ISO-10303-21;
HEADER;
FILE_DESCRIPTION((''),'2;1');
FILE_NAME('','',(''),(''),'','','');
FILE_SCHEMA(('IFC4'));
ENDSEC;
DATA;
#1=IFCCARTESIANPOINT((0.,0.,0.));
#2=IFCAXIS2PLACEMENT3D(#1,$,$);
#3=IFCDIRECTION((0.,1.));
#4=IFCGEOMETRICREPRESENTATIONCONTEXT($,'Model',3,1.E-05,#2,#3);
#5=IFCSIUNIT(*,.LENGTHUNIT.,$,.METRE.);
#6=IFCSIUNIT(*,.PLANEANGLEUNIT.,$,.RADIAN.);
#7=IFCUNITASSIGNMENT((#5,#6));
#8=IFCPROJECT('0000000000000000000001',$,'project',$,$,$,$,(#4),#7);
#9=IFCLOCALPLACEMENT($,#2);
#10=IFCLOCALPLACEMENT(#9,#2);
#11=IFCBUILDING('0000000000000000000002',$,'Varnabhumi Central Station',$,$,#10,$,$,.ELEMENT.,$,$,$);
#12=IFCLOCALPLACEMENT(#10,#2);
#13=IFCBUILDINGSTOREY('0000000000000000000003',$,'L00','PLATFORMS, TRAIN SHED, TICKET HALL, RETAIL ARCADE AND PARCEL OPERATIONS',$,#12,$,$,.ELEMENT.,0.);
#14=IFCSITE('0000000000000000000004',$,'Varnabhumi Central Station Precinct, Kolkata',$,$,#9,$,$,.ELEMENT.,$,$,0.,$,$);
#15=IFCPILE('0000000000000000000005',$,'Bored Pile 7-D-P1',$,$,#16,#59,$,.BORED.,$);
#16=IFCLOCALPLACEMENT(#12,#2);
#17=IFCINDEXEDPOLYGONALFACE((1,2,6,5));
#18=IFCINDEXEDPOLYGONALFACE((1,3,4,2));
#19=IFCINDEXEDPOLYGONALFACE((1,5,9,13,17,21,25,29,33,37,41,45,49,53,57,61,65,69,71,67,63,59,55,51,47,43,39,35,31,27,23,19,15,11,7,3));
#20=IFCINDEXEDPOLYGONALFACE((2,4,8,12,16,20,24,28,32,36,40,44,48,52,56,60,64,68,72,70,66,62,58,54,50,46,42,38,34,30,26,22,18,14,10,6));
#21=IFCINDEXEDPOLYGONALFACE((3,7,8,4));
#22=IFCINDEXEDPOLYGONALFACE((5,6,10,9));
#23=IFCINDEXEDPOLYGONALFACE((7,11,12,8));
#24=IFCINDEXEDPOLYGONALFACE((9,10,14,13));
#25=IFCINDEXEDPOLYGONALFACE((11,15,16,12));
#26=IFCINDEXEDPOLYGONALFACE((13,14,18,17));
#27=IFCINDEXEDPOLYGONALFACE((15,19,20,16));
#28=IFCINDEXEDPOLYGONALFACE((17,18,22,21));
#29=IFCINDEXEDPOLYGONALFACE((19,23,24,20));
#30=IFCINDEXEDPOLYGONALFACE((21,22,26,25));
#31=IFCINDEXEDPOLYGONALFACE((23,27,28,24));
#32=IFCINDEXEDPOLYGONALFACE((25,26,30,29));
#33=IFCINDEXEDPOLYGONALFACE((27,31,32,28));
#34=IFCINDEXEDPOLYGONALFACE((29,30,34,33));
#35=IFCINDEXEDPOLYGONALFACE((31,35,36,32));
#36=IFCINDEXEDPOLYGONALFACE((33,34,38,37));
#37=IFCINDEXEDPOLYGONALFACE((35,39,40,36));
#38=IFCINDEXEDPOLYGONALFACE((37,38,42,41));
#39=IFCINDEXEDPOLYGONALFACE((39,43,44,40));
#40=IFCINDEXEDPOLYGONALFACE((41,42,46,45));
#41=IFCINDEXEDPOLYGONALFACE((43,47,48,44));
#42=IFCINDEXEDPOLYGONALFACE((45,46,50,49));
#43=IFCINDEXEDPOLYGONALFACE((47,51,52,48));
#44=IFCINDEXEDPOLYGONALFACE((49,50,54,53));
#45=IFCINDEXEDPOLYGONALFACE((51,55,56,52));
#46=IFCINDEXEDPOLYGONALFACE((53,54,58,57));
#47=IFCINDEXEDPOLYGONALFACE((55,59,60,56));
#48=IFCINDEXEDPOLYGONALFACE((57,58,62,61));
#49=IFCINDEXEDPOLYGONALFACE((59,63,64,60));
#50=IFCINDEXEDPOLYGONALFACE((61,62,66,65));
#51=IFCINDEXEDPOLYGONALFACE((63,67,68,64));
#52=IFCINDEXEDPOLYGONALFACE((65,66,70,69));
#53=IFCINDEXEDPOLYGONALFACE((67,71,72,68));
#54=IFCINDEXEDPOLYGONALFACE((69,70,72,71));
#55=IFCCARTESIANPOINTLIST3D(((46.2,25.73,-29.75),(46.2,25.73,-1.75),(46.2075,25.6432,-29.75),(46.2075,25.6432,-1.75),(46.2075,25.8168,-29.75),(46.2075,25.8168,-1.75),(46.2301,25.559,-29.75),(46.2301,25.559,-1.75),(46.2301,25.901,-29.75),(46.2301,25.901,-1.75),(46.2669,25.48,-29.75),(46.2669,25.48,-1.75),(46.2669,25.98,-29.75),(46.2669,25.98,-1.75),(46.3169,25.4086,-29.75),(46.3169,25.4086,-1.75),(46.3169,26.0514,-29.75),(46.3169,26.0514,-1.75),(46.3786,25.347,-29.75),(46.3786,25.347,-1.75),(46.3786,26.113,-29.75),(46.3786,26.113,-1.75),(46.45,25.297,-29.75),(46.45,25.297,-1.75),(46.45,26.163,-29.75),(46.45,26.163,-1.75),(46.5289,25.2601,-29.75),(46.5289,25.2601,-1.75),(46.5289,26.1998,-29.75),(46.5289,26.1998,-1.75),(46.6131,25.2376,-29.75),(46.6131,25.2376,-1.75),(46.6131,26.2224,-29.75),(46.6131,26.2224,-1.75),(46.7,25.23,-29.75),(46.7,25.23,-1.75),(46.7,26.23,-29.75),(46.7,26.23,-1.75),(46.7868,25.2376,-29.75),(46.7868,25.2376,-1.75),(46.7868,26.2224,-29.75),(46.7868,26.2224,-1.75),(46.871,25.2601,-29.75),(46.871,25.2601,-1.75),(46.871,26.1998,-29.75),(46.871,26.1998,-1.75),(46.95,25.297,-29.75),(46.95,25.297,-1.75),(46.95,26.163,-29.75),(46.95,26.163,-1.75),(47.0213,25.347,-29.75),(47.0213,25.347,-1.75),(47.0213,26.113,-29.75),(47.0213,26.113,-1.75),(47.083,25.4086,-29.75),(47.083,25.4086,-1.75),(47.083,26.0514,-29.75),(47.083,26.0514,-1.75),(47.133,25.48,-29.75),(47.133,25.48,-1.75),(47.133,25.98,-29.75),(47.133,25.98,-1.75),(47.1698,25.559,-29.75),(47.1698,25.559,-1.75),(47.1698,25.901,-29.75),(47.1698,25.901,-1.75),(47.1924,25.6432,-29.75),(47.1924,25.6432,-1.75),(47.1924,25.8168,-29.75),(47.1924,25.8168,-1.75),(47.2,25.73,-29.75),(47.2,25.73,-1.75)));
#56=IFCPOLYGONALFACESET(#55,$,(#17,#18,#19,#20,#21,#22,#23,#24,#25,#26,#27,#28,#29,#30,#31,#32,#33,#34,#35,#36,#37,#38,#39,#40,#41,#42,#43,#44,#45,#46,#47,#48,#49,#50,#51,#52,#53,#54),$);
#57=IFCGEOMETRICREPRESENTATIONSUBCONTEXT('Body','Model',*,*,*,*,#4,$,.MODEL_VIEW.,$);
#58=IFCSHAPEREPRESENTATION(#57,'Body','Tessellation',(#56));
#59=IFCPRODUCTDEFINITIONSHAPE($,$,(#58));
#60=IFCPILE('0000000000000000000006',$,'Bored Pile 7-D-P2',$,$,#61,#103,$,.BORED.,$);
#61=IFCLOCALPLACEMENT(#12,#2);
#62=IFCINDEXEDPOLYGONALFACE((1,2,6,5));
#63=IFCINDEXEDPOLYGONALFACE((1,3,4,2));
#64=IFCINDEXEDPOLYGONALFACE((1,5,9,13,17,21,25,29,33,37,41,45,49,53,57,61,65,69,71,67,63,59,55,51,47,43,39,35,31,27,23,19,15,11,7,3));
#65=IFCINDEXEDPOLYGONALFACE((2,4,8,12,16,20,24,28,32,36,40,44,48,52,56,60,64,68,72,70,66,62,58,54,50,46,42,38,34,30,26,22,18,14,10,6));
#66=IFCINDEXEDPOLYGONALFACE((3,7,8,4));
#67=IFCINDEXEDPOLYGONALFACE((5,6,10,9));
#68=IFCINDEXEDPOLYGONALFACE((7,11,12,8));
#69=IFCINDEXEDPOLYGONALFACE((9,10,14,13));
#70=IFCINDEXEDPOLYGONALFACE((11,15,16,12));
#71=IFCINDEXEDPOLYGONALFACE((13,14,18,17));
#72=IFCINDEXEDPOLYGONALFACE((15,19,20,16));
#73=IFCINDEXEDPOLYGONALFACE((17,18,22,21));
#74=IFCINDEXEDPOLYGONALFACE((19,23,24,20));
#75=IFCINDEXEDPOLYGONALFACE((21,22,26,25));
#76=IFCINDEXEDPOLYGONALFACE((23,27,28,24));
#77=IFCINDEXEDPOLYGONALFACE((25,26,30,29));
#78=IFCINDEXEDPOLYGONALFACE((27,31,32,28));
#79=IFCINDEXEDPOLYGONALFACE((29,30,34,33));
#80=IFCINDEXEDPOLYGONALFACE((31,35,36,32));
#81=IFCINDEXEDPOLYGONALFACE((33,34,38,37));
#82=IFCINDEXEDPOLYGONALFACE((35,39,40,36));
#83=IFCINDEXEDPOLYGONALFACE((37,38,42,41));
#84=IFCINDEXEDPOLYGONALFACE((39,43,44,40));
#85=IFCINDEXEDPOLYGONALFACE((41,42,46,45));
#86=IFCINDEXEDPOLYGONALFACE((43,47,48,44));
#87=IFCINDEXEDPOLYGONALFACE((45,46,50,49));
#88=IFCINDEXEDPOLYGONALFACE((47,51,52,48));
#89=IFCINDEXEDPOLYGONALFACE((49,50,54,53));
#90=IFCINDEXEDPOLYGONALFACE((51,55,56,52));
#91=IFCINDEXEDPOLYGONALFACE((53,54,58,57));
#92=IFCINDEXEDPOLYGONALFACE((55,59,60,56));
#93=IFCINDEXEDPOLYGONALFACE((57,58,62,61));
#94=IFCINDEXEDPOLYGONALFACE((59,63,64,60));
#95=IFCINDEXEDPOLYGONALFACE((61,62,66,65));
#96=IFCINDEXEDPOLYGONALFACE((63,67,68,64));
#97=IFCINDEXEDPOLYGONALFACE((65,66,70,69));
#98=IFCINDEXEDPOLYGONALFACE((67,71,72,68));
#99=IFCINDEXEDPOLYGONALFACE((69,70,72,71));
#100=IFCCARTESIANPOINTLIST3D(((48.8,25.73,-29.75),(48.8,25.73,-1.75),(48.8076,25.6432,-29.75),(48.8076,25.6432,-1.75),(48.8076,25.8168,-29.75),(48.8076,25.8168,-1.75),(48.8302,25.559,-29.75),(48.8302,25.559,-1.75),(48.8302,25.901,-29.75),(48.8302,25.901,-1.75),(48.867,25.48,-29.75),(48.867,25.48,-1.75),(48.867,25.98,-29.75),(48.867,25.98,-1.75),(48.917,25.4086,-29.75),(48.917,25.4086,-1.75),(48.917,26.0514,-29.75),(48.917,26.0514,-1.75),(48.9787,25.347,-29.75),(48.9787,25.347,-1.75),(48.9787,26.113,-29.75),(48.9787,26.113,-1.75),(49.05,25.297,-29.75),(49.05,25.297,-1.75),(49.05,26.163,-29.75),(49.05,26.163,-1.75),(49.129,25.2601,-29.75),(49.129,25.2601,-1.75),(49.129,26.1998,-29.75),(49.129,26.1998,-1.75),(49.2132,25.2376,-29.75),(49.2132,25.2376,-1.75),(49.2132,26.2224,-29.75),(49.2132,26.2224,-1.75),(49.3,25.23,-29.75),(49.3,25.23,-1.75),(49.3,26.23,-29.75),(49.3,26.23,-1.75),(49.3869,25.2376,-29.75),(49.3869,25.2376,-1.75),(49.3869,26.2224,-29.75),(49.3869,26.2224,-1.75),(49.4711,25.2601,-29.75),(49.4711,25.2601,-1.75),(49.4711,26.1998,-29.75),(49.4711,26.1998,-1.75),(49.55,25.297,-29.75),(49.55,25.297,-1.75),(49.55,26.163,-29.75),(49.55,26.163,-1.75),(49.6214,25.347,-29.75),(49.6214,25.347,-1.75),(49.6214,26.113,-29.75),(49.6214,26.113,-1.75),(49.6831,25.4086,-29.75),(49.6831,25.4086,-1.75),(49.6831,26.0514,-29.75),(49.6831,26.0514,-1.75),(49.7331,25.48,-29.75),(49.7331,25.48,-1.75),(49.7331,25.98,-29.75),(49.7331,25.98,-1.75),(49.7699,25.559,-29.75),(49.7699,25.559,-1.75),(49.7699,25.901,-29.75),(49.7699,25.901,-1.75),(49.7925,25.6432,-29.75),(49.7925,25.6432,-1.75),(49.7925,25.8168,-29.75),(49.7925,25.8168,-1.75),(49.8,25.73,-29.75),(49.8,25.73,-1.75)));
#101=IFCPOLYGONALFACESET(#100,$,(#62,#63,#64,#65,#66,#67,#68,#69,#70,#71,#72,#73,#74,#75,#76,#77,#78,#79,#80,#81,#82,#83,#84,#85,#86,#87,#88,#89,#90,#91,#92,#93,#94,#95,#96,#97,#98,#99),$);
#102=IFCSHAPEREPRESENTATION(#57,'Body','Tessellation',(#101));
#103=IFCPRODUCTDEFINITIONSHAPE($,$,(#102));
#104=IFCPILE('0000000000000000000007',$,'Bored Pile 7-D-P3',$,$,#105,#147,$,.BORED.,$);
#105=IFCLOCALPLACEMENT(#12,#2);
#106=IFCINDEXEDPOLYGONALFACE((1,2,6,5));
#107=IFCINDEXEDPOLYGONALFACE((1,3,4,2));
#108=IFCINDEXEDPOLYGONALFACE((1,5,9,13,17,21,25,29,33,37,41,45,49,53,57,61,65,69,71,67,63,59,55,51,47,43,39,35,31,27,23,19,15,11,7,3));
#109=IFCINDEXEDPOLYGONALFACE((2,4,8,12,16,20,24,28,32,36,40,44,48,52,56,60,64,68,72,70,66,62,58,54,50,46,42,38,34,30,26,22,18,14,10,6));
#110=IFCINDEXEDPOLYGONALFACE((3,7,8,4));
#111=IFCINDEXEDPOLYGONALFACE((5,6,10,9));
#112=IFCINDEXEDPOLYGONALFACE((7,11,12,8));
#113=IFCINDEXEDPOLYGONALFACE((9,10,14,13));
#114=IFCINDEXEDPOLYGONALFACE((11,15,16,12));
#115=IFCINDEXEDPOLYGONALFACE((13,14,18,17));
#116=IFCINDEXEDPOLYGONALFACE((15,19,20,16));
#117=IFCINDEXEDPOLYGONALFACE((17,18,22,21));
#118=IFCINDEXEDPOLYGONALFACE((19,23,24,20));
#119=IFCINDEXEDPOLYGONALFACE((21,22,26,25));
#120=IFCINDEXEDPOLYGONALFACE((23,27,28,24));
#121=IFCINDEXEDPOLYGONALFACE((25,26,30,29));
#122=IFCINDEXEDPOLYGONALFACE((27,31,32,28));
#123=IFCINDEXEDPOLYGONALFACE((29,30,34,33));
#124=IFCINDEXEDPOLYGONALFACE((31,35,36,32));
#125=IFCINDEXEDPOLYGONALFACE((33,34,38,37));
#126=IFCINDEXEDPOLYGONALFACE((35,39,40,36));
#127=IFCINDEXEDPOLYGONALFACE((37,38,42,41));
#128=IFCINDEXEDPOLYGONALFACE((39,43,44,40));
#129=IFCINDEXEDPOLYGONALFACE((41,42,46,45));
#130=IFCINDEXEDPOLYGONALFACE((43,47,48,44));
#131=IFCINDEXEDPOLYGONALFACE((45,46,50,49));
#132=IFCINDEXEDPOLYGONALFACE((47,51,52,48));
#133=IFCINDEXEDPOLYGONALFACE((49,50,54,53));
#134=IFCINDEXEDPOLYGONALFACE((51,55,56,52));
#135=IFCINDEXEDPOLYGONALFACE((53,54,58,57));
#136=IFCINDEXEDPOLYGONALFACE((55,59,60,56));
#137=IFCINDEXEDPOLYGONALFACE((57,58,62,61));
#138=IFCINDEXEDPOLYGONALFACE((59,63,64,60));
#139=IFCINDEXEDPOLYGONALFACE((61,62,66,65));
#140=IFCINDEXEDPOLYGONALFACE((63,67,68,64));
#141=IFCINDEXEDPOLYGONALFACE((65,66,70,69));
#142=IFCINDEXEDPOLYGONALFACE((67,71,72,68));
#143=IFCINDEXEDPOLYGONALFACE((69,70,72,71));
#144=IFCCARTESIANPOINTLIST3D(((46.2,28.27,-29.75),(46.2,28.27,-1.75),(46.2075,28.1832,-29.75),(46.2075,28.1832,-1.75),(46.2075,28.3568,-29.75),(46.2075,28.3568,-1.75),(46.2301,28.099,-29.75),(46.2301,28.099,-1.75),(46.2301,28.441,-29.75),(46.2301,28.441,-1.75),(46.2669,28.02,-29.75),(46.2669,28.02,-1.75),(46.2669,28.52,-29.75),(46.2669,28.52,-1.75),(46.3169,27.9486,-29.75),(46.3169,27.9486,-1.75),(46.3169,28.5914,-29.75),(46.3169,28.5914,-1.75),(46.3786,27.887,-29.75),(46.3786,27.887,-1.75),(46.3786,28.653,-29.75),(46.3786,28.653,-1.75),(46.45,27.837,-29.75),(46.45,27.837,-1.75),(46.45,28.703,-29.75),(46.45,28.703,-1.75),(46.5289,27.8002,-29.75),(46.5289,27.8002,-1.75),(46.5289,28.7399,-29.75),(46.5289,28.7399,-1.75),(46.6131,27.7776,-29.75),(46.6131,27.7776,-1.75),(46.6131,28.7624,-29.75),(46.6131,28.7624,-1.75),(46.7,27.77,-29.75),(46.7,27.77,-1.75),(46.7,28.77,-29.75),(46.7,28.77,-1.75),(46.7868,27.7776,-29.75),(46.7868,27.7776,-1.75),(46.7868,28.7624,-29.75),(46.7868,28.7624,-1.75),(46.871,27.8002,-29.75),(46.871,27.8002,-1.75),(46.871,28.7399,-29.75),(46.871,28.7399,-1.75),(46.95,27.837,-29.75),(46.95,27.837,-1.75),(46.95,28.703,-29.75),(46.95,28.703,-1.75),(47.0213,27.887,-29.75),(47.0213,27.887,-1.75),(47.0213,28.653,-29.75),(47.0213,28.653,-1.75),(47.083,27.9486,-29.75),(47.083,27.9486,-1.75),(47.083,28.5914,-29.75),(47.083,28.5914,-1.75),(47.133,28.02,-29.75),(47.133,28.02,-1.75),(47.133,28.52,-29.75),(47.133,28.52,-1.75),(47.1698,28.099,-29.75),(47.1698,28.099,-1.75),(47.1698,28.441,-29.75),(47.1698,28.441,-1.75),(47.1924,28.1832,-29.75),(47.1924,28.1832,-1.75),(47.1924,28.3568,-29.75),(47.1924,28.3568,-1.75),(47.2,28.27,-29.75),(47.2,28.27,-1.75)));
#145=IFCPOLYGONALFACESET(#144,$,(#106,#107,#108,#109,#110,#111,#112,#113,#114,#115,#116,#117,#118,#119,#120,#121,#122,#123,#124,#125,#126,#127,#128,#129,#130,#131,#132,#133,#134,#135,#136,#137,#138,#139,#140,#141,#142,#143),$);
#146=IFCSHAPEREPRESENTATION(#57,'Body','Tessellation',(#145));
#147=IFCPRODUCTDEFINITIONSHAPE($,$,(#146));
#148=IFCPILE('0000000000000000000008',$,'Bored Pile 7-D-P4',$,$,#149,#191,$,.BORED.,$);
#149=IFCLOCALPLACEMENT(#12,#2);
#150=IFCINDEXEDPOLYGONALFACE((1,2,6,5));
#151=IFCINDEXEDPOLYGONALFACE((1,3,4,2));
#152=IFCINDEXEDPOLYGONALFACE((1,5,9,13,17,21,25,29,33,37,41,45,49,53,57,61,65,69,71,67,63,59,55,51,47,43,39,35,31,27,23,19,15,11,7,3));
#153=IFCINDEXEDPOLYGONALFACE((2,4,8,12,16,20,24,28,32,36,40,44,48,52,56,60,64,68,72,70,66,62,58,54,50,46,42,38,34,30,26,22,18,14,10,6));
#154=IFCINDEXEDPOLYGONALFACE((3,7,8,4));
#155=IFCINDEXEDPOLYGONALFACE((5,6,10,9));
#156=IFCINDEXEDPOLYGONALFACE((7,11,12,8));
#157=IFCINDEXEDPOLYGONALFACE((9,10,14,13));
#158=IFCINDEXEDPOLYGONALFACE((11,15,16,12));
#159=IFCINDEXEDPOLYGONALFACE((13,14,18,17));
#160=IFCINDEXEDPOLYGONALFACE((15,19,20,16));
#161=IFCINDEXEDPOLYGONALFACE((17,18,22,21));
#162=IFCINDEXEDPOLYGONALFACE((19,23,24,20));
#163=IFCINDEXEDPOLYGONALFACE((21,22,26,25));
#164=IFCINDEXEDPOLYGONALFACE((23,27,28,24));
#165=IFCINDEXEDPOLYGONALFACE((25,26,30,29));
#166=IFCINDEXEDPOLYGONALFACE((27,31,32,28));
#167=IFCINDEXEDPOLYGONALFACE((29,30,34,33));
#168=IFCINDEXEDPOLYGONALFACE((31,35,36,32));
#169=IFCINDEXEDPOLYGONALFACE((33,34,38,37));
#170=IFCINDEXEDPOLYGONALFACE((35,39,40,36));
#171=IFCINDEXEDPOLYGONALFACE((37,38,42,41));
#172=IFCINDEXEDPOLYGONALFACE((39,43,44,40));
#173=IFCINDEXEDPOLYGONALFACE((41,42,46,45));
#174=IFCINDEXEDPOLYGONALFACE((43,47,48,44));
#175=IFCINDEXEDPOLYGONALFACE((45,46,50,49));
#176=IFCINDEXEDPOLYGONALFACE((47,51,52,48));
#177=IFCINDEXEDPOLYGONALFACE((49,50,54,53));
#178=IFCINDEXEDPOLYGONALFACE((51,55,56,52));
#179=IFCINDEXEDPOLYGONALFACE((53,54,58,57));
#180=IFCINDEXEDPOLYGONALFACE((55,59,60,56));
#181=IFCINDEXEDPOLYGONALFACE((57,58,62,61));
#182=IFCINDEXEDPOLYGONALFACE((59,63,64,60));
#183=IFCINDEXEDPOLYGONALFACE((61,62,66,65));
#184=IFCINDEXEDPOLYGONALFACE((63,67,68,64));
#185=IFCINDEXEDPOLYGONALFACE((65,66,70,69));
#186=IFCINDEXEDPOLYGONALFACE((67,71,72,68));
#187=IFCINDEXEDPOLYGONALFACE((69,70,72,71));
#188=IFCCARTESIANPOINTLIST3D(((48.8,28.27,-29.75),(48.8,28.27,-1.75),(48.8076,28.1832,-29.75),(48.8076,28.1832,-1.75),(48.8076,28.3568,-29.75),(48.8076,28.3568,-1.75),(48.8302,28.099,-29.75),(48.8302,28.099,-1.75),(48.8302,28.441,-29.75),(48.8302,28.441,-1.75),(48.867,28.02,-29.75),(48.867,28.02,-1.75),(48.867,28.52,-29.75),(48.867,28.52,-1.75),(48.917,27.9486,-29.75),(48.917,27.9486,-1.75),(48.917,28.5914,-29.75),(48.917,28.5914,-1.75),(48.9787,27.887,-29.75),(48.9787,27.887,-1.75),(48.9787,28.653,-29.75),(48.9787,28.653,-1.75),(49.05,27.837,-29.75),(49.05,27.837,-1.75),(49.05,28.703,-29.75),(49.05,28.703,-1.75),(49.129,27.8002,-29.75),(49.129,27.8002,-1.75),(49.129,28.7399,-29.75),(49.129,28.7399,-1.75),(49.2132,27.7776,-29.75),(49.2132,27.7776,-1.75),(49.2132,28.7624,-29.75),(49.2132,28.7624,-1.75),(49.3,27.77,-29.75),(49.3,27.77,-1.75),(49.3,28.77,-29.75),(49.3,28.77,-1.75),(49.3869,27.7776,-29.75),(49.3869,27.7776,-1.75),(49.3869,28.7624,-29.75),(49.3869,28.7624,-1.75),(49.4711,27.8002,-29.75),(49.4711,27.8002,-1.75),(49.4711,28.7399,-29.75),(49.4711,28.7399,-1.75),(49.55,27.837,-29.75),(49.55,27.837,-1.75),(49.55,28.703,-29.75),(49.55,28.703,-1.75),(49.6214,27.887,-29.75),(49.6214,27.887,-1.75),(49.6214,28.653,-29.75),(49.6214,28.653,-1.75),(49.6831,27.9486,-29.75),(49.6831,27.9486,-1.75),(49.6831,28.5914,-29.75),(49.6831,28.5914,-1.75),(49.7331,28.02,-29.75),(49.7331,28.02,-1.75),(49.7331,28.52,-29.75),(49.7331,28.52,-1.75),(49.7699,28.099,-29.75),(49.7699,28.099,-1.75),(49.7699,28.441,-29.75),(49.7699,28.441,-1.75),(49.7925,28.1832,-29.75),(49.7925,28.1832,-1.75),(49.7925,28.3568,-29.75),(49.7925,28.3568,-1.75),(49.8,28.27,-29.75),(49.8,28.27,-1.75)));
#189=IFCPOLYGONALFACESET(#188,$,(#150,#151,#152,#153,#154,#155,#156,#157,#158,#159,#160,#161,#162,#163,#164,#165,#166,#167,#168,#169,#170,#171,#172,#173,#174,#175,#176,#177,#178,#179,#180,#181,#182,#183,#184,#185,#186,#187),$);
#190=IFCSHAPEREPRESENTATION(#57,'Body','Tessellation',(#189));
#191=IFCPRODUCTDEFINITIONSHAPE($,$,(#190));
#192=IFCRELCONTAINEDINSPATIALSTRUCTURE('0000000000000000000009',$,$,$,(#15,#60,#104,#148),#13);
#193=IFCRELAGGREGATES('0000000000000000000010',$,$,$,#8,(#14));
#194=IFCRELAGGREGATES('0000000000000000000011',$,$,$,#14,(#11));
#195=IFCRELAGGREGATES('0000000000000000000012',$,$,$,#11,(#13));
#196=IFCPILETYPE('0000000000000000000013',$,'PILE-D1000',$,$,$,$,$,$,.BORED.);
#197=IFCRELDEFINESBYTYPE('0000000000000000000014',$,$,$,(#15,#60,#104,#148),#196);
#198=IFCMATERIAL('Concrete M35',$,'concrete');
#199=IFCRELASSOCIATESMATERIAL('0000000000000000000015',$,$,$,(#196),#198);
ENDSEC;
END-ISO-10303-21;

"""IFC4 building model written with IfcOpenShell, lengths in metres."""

from ifc_helpers import new_model, si_unit, direction, frame, origin, origin_2d, place, context, subcontext, project, spatial, circle, extrude, material, material_profile, profile_set, type_object, element, save


model = new_model("IFC4")

# Units and contexts
model_context = context("Model", 3, precision=1e-05, world=origin(), true_north=direction((0.0, 1.0)))
body_context = subcontext(model_context, "Body", "Model", "MODEL_VIEW")
ifc_project = project(units=[si_unit("LENGTHUNIT", "METRE"), si_unit("PLANEANGLEUNIT", "RADIAN")], contexts=[model_context])

# Site, building, storey
site_placement = place(None, origin())
site = spatial("IfcSite", under=ifc_project, at=site_placement, Name="Varnabhumi Central Station Precinct, Kolkata", CompositionType="ELEMENT", RefElevation=0.0)
building_placement = place(site_placement, origin())
building = spatial("IfcBuilding", under=site, at=building_placement, Name="Varnabhumi Central Station", CompositionType="ELEMENT")
storey_placement = place(building_placement, origin())
storey = spatial("IfcBuildingStorey", under=building, at=storey_placement, Name="L00", Description="PLATFORMS, TRAIN SHED, TICKET HALL, RETAIL ARCADE AND PARCEL OPERATIONS", CompositionType="ELEMENT", Elevation=0.0)

# Piles
ifc_material_1 = material(Name="Concrete M35", Category="concrete")
ifc_material_profile_1 = material_profile(ifc_material_1, circle(Radius=0.5, at=origin_2d()), Name="Concrete M35", Category="concrete")
ifc_profile_set_1 = profile_set([ifc_material_profile_1], Name="Concrete M35")
pile_type_1 = type_object("IfcPileType", Name="PILE-D1000", PredefinedType="BORED", material=ifc_profile_set_1)
for number, where, z_axis, x_axis, name in (
    (1, (46.7, 25.73, -1.75), (0.0, 0.0, -1.0), (1.0, 0.0, 0.0), "Bored Pile 7-D-P1"),
    (2, (49.3, 25.73, -1.75), (0.0, 0.0, -1.0), (1.0, 0.0, 0.0), "Bored Pile 7-D-P2"),
    (3, (46.7, 28.27, -1.75), (0.0, 0.0, -1.0), (1.0, 0.0, 0.0), "Bored Pile 7-D-P3"),
    (4, (49.3, 28.27, -1.75), (0.0, 0.0, -1.0), (1.0, 0.0, 0.0), "Bored Pile 7-D-P4"),
):
    element("IfcPile", number, at=place(storey_placement, frame(where, z_axis=z_axis, x_axis=x_axis)), inside=storey, type_object=pile_type_1, Name=name, PredefinedType="BORED", context=body_context, shape_type="SweptSolid", body=[
        extrude(circle(Radius=0.5, at=origin_2d()), origin(), (0.0, 0.0, 1.0), 28.0),
    ])

save(model, "model.ifc")
